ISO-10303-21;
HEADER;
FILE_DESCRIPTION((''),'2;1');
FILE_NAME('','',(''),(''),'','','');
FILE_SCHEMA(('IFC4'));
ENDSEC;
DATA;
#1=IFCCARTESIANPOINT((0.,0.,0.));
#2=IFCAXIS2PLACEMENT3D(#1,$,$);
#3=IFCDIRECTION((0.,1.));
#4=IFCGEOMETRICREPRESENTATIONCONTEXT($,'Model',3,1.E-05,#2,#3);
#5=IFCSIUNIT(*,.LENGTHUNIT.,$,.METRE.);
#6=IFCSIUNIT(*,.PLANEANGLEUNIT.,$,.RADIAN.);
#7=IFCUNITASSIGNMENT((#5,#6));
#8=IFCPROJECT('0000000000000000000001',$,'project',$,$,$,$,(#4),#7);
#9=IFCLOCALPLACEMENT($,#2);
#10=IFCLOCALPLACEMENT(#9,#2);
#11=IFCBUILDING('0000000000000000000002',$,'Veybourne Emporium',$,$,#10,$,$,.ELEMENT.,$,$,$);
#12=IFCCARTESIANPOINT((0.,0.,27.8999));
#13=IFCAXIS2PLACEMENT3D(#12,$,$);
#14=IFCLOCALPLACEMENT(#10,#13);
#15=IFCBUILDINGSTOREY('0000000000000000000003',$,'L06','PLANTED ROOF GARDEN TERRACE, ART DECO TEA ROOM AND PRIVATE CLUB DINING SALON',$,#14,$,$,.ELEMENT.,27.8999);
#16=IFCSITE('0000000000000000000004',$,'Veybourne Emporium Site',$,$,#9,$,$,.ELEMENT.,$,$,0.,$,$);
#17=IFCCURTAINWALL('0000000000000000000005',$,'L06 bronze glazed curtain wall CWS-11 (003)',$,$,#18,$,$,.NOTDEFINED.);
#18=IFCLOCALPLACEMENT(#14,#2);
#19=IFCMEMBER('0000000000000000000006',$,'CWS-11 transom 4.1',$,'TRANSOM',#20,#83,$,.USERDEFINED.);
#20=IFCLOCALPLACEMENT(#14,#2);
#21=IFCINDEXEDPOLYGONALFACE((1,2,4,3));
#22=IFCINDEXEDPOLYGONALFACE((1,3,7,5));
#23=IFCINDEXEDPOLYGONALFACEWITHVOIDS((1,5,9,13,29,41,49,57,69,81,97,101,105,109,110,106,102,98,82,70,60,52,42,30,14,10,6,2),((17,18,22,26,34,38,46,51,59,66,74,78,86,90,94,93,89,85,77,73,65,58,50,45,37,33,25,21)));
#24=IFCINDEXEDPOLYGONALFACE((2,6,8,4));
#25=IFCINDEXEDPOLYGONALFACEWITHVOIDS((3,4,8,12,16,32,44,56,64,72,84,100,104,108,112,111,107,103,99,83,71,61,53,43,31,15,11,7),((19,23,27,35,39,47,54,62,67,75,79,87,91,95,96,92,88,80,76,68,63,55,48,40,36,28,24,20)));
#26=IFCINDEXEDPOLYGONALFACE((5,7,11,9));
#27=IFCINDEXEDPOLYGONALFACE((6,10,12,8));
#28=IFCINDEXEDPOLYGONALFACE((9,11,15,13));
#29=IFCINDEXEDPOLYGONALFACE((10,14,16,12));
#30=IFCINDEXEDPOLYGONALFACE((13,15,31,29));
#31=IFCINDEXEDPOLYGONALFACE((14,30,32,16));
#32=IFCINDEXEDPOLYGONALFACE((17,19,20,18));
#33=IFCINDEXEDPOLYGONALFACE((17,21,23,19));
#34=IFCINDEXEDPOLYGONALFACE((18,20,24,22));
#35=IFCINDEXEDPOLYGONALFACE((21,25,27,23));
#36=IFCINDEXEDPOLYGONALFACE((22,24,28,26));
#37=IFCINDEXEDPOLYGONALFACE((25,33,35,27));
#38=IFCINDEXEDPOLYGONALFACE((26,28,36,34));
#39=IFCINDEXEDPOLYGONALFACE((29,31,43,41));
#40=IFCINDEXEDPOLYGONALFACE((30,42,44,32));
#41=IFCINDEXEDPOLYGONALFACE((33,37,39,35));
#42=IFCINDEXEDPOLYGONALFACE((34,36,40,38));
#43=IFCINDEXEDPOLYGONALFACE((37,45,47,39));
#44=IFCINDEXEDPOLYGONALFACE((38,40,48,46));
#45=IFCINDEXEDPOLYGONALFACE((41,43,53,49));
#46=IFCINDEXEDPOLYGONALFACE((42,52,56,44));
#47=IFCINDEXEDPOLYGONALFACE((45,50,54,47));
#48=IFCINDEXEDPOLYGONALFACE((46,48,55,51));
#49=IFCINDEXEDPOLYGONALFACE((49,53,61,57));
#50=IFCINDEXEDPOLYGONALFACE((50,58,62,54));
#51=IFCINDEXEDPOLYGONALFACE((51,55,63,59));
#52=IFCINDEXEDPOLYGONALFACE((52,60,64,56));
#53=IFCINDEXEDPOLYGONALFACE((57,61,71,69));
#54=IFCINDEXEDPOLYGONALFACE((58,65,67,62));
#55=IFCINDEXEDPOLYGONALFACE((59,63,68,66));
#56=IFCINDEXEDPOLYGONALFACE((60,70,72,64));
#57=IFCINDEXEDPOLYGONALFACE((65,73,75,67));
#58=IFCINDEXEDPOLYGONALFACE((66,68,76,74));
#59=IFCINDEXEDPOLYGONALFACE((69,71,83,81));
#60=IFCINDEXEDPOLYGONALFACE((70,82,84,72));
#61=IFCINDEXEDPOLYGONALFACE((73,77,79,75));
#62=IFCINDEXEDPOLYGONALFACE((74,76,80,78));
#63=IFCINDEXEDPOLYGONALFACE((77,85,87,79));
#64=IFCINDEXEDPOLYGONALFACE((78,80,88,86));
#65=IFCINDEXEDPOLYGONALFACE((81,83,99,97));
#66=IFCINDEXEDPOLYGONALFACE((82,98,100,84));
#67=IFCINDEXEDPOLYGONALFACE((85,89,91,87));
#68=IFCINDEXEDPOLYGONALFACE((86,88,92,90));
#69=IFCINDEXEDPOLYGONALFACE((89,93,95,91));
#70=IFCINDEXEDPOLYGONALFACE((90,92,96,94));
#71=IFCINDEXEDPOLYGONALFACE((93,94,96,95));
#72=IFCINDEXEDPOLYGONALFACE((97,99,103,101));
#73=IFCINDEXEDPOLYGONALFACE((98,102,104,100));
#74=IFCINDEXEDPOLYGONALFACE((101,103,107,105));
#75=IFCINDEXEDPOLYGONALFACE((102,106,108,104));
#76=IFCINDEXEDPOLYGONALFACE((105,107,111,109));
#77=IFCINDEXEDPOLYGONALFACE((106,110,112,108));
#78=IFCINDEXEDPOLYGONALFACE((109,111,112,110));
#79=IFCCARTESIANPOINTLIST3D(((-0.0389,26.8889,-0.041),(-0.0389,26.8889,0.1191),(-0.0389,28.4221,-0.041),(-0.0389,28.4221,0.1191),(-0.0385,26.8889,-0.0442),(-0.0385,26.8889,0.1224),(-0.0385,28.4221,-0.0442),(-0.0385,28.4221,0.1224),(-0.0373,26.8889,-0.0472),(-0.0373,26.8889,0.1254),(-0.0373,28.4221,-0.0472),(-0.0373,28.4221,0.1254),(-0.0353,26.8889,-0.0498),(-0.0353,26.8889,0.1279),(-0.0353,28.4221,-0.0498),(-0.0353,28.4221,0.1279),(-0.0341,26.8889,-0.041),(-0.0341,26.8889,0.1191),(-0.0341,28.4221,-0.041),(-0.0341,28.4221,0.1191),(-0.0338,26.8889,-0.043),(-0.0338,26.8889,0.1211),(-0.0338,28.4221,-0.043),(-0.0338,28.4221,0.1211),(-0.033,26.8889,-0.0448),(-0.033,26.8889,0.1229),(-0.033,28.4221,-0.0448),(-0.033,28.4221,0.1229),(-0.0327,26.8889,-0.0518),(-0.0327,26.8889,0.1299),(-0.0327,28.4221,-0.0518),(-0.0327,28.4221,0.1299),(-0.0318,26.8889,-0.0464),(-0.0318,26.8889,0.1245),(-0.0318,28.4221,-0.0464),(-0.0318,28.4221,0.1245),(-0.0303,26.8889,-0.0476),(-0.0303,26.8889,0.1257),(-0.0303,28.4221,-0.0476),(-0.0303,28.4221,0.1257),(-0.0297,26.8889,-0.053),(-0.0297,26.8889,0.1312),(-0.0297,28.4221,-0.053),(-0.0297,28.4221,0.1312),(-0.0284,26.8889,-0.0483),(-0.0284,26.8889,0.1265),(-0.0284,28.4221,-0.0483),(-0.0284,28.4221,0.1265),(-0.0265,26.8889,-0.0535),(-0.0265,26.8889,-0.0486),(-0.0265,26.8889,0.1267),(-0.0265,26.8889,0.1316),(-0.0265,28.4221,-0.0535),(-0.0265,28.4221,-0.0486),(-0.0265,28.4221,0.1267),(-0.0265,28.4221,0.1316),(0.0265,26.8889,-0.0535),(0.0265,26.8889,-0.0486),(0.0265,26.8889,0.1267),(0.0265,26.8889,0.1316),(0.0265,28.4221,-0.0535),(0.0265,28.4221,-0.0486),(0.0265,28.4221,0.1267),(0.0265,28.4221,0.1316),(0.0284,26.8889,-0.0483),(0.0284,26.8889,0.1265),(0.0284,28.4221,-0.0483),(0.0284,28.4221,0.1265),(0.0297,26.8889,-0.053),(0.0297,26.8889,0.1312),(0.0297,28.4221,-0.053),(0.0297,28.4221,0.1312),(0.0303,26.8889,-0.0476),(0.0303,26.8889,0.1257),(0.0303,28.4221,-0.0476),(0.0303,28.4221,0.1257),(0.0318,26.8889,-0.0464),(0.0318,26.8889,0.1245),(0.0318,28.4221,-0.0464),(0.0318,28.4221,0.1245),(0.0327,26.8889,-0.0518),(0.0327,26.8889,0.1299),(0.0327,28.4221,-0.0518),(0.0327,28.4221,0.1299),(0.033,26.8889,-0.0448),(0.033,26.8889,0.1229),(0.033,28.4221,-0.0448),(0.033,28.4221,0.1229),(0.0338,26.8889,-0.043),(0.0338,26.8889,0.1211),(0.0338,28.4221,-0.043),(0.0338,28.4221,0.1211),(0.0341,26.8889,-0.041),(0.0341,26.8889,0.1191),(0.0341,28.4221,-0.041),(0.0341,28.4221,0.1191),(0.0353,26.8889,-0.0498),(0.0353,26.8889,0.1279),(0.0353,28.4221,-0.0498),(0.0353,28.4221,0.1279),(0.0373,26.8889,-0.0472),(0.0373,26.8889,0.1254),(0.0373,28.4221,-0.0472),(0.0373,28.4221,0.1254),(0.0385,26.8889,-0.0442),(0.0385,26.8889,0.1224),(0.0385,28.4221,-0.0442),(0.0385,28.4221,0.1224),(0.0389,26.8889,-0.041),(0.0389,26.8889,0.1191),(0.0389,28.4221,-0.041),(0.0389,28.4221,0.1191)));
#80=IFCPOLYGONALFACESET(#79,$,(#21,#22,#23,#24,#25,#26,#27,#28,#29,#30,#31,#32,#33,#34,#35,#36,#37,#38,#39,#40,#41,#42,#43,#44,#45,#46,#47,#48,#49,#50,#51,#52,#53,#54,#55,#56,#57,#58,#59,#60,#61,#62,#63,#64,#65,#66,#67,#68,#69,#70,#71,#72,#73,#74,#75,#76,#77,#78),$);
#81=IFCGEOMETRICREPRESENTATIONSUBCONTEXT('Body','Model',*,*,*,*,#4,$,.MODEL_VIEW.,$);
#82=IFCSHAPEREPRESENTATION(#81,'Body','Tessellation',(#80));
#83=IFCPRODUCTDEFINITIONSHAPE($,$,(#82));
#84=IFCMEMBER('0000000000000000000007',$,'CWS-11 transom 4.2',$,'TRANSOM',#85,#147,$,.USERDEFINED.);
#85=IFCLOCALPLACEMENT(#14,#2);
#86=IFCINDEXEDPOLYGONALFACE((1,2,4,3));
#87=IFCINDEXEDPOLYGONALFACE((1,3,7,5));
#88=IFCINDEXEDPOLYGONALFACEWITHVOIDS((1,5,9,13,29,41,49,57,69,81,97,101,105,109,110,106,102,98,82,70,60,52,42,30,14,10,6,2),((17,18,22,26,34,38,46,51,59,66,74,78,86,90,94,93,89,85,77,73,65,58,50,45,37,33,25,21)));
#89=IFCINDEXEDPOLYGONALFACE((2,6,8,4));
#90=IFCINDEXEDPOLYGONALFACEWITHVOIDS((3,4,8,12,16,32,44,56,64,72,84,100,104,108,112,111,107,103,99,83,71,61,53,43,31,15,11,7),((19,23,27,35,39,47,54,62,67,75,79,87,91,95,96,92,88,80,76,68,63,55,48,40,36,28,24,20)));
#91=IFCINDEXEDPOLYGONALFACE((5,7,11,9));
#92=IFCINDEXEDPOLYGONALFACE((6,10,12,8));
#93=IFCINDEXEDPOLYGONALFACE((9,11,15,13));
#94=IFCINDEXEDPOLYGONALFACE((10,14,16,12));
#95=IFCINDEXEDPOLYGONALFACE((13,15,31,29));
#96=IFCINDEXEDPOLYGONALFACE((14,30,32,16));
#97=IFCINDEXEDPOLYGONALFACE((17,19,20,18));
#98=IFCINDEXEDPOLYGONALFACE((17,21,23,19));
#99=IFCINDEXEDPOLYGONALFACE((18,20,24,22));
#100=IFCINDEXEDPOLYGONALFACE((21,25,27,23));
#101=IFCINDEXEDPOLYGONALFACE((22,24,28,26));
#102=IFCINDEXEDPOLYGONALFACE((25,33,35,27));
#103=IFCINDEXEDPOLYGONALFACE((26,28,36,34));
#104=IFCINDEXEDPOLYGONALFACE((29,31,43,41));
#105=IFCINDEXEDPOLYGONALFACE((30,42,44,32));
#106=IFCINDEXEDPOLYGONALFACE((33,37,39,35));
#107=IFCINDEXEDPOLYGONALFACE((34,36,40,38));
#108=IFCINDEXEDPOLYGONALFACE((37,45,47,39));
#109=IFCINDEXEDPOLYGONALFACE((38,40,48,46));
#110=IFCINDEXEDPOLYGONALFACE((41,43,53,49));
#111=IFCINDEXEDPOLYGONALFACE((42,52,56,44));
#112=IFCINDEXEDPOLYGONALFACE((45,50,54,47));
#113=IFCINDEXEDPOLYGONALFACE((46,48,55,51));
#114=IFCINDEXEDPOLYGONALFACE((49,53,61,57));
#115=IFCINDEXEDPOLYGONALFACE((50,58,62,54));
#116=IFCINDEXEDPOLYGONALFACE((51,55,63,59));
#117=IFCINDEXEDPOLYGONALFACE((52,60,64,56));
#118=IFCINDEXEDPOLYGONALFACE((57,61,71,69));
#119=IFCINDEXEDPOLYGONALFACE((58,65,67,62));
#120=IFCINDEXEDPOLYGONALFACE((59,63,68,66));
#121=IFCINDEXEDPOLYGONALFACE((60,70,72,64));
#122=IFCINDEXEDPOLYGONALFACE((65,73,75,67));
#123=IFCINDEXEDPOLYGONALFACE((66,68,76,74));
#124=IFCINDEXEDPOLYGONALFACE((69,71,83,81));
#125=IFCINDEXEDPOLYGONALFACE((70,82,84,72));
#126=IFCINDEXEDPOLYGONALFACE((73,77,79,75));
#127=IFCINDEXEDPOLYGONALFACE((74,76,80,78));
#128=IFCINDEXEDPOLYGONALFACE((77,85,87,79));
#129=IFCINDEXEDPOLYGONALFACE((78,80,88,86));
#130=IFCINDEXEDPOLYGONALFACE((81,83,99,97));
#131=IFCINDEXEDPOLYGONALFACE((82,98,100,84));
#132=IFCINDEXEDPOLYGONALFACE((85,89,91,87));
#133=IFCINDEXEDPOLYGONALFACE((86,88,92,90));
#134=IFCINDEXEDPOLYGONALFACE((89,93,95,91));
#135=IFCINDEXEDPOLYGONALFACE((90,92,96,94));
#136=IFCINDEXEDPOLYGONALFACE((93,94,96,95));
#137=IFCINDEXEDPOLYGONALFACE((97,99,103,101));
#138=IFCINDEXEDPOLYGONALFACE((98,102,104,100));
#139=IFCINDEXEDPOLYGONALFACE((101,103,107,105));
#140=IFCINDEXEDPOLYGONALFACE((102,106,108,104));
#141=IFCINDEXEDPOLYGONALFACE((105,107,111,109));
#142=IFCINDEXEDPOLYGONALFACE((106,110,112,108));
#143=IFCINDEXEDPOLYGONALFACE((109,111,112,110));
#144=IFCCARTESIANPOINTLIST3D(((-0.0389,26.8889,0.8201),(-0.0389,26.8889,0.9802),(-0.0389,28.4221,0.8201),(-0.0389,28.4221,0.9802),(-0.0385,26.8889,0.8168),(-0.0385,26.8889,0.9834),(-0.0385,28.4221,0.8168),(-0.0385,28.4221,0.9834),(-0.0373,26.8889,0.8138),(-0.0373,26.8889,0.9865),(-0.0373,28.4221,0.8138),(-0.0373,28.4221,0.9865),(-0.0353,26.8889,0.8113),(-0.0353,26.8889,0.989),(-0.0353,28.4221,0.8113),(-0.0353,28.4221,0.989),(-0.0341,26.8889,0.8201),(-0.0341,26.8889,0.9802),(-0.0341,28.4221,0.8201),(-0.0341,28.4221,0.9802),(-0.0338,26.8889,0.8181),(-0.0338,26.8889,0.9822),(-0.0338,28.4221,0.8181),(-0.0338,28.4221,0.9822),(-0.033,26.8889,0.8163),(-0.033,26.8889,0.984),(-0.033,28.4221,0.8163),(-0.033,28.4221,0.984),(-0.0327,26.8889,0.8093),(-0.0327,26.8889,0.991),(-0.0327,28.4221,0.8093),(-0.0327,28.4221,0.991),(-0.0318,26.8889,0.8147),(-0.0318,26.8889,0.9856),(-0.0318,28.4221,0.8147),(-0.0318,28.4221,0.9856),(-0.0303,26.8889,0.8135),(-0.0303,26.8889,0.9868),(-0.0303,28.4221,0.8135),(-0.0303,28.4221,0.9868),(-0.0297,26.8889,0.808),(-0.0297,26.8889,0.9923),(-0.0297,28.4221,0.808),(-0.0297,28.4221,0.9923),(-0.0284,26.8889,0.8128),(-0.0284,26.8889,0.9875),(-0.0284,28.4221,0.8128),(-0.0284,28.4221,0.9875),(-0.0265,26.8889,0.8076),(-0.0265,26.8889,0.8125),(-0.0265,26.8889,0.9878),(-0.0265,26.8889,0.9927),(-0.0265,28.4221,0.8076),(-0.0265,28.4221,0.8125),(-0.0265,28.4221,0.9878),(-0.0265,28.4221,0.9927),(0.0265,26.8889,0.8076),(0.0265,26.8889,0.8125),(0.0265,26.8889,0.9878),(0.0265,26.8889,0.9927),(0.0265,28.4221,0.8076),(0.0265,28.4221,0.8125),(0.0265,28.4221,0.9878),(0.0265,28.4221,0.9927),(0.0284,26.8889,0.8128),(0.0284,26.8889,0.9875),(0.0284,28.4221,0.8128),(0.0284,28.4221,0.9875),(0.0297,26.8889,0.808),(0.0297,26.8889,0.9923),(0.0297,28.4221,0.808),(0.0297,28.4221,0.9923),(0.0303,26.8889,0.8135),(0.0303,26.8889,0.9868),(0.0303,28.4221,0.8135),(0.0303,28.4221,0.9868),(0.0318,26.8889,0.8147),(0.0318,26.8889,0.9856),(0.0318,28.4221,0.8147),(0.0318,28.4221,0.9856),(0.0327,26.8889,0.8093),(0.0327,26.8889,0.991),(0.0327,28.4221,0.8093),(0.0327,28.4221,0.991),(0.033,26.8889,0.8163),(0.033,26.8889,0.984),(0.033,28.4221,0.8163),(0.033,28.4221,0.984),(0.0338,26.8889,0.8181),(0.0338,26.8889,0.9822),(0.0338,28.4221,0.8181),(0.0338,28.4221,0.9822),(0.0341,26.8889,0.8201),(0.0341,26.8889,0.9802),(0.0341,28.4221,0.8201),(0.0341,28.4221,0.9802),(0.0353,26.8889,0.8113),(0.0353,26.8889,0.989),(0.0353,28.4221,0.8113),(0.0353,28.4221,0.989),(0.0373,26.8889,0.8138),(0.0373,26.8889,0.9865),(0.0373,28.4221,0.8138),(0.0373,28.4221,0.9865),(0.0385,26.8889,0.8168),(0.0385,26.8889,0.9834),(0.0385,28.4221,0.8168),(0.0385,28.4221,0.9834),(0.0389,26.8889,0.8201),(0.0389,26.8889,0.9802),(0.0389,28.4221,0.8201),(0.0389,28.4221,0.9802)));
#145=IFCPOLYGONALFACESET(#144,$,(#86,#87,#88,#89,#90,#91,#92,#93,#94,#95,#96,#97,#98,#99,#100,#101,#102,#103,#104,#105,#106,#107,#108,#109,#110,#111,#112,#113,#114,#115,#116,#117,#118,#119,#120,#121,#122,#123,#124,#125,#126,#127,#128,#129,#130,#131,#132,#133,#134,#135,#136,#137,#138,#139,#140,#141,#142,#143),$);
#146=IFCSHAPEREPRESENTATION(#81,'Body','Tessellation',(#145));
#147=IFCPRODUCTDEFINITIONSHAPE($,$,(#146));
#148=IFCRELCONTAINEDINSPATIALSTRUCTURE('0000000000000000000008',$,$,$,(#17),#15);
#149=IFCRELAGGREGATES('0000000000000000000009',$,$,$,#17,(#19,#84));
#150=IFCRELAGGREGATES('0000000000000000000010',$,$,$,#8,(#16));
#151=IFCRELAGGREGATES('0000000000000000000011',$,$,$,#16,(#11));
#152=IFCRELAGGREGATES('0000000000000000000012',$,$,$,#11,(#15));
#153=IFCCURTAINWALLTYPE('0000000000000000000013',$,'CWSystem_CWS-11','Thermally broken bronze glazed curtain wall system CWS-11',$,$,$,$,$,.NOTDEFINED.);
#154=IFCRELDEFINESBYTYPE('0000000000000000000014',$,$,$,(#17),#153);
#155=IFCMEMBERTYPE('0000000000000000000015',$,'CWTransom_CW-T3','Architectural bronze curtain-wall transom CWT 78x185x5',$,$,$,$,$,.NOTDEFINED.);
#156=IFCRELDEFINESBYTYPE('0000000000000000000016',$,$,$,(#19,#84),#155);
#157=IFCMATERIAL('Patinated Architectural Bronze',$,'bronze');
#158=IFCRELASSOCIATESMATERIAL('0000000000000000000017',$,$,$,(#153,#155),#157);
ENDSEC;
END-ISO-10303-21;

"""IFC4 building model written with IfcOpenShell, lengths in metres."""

from ifc_helpers import new_model, si_unit, direction, frame, origin, origin_2d, place, context, subcontext, project, spatial, hollow_rectangle, extrude, material, material_profile, profile_set, type_object, element, aggregate, save


model = new_model("IFC4")

# Units and contexts
model_context = context("Model", 3, precision=1e-05, world=origin(), true_north=direction((0.0, 1.0)))
body_context = subcontext(model_context, "Body", "Model", "MODEL_VIEW")
ifc_project = project(units=[si_unit("LENGTHUNIT", "METRE"), si_unit("PLANEANGLEUNIT", "RADIAN")], contexts=[model_context])

# Site, building, storey
site_placement = place(None, origin())
site = spatial("IfcSite", under=ifc_project, at=site_placement, Name="Veybourne Emporium Site", CompositionType="ELEMENT", RefElevation=0.0)
building_placement = place(site_placement, origin())
building = spatial("IfcBuilding", under=site, at=building_placement, Name="Veybourne Emporium", CompositionType="ELEMENT")
storey_placement = place(building_placement, frame((0.0, 0.0, 27.8999)))
storey = spatial("IfcBuildingStorey", under=building, at=storey_placement, Name="L06", Description="PLANTED ROOF GARDEN TERRACE, ART DECO TEA ROOM AND PRIVATE CLUB DINING SALON", CompositionType="ELEMENT", Elevation=27.8999)

# Curtain wall, members
ifc_material_1 = material(Name="Patinated Architectural Bronze", Category="bronze")
curtain_wall_type = type_object("IfcCurtainWallType", Name="CWSystem_CWS-11", Description="Thermally broken bronze glazed curtain wall system CWS-11", PredefinedType="NOTDEFINED", material=ifc_material_1)
curtain_wall_placement = place(storey_placement, origin())
curtain_wall = element("IfcCurtainWall", 1, at=curtain_wall_placement, inside=storey, type_object=curtain_wall_type, Name="L06 bronze glazed curtain wall CWS-11 (003)", PredefinedType="NOTDEFINED")
ifc_material_profile_1 = material_profile(ifc_material_1, hollow_rectangle(XDim=0.0779, YDim=0.1851, WallThickness=0.0049, InnerFilletRadius=0.0076, OuterFilletRadius=0.0125, at=origin_2d()), Name="CWT 78x185x5")
ifc_profile_set_1 = profile_set([ifc_material_profile_1], Name="Patinated Architectural Bronze")
member_type_1 = type_object("IfcMemberType", Name="CWTransom_CW-T3", Description="Architectural bronze curtain-wall transom CWT 78x185x5", PredefinedType="NOTDEFINED", material=ifc_profile_set_1)
member_1_placement = place(storey_placement, frame((0.0, 26.8889, 0.0391), z_axis=(0.0, 1.0, 0.0), x_axis=(-1.0, 0.0, 0.0)))
member_1 = element("IfcMember", 2, at=member_1_placement, type_object=member_type_1, Name="CWS-11 transom 4.1", ObjectType="TRANSOM", PredefinedType="USERDEFINED", context=body_context, shape_type="SweptSolid", body=[
    extrude(hollow_rectangle(XDim=0.0779, YDim=0.1851, WallThickness=0.0049, InnerFilletRadius=0.0076, OuterFilletRadius=0.0125, at=origin_2d()), origin(), (0.0, 0.0, 1.0), 1.5332),
])
member_2_placement = place(storey_placement, frame((0.0, 26.8889, 0.9001), z_axis=(0.0, 1.0, 0.0), x_axis=(-1.0, 0.0, 0.0)))
member_2 = element("IfcMember", 3, at=member_2_placement, type_object=member_type_1, Name="CWS-11 transom 4.2", ObjectType="TRANSOM", PredefinedType="USERDEFINED", context=body_context, shape_type="SweptSolid", body=[
    extrude(hollow_rectangle(XDim=0.0779, YDim=0.1851, WallThickness=0.0049, InnerFilletRadius=0.0076, OuterFilletRadius=0.0125, at=origin_2d()), origin(), (0.0, 0.0, 1.0), 1.5332),
])
aggregate(curtain_wall, [member_1, member_2])

save(model, "model.ifc")
